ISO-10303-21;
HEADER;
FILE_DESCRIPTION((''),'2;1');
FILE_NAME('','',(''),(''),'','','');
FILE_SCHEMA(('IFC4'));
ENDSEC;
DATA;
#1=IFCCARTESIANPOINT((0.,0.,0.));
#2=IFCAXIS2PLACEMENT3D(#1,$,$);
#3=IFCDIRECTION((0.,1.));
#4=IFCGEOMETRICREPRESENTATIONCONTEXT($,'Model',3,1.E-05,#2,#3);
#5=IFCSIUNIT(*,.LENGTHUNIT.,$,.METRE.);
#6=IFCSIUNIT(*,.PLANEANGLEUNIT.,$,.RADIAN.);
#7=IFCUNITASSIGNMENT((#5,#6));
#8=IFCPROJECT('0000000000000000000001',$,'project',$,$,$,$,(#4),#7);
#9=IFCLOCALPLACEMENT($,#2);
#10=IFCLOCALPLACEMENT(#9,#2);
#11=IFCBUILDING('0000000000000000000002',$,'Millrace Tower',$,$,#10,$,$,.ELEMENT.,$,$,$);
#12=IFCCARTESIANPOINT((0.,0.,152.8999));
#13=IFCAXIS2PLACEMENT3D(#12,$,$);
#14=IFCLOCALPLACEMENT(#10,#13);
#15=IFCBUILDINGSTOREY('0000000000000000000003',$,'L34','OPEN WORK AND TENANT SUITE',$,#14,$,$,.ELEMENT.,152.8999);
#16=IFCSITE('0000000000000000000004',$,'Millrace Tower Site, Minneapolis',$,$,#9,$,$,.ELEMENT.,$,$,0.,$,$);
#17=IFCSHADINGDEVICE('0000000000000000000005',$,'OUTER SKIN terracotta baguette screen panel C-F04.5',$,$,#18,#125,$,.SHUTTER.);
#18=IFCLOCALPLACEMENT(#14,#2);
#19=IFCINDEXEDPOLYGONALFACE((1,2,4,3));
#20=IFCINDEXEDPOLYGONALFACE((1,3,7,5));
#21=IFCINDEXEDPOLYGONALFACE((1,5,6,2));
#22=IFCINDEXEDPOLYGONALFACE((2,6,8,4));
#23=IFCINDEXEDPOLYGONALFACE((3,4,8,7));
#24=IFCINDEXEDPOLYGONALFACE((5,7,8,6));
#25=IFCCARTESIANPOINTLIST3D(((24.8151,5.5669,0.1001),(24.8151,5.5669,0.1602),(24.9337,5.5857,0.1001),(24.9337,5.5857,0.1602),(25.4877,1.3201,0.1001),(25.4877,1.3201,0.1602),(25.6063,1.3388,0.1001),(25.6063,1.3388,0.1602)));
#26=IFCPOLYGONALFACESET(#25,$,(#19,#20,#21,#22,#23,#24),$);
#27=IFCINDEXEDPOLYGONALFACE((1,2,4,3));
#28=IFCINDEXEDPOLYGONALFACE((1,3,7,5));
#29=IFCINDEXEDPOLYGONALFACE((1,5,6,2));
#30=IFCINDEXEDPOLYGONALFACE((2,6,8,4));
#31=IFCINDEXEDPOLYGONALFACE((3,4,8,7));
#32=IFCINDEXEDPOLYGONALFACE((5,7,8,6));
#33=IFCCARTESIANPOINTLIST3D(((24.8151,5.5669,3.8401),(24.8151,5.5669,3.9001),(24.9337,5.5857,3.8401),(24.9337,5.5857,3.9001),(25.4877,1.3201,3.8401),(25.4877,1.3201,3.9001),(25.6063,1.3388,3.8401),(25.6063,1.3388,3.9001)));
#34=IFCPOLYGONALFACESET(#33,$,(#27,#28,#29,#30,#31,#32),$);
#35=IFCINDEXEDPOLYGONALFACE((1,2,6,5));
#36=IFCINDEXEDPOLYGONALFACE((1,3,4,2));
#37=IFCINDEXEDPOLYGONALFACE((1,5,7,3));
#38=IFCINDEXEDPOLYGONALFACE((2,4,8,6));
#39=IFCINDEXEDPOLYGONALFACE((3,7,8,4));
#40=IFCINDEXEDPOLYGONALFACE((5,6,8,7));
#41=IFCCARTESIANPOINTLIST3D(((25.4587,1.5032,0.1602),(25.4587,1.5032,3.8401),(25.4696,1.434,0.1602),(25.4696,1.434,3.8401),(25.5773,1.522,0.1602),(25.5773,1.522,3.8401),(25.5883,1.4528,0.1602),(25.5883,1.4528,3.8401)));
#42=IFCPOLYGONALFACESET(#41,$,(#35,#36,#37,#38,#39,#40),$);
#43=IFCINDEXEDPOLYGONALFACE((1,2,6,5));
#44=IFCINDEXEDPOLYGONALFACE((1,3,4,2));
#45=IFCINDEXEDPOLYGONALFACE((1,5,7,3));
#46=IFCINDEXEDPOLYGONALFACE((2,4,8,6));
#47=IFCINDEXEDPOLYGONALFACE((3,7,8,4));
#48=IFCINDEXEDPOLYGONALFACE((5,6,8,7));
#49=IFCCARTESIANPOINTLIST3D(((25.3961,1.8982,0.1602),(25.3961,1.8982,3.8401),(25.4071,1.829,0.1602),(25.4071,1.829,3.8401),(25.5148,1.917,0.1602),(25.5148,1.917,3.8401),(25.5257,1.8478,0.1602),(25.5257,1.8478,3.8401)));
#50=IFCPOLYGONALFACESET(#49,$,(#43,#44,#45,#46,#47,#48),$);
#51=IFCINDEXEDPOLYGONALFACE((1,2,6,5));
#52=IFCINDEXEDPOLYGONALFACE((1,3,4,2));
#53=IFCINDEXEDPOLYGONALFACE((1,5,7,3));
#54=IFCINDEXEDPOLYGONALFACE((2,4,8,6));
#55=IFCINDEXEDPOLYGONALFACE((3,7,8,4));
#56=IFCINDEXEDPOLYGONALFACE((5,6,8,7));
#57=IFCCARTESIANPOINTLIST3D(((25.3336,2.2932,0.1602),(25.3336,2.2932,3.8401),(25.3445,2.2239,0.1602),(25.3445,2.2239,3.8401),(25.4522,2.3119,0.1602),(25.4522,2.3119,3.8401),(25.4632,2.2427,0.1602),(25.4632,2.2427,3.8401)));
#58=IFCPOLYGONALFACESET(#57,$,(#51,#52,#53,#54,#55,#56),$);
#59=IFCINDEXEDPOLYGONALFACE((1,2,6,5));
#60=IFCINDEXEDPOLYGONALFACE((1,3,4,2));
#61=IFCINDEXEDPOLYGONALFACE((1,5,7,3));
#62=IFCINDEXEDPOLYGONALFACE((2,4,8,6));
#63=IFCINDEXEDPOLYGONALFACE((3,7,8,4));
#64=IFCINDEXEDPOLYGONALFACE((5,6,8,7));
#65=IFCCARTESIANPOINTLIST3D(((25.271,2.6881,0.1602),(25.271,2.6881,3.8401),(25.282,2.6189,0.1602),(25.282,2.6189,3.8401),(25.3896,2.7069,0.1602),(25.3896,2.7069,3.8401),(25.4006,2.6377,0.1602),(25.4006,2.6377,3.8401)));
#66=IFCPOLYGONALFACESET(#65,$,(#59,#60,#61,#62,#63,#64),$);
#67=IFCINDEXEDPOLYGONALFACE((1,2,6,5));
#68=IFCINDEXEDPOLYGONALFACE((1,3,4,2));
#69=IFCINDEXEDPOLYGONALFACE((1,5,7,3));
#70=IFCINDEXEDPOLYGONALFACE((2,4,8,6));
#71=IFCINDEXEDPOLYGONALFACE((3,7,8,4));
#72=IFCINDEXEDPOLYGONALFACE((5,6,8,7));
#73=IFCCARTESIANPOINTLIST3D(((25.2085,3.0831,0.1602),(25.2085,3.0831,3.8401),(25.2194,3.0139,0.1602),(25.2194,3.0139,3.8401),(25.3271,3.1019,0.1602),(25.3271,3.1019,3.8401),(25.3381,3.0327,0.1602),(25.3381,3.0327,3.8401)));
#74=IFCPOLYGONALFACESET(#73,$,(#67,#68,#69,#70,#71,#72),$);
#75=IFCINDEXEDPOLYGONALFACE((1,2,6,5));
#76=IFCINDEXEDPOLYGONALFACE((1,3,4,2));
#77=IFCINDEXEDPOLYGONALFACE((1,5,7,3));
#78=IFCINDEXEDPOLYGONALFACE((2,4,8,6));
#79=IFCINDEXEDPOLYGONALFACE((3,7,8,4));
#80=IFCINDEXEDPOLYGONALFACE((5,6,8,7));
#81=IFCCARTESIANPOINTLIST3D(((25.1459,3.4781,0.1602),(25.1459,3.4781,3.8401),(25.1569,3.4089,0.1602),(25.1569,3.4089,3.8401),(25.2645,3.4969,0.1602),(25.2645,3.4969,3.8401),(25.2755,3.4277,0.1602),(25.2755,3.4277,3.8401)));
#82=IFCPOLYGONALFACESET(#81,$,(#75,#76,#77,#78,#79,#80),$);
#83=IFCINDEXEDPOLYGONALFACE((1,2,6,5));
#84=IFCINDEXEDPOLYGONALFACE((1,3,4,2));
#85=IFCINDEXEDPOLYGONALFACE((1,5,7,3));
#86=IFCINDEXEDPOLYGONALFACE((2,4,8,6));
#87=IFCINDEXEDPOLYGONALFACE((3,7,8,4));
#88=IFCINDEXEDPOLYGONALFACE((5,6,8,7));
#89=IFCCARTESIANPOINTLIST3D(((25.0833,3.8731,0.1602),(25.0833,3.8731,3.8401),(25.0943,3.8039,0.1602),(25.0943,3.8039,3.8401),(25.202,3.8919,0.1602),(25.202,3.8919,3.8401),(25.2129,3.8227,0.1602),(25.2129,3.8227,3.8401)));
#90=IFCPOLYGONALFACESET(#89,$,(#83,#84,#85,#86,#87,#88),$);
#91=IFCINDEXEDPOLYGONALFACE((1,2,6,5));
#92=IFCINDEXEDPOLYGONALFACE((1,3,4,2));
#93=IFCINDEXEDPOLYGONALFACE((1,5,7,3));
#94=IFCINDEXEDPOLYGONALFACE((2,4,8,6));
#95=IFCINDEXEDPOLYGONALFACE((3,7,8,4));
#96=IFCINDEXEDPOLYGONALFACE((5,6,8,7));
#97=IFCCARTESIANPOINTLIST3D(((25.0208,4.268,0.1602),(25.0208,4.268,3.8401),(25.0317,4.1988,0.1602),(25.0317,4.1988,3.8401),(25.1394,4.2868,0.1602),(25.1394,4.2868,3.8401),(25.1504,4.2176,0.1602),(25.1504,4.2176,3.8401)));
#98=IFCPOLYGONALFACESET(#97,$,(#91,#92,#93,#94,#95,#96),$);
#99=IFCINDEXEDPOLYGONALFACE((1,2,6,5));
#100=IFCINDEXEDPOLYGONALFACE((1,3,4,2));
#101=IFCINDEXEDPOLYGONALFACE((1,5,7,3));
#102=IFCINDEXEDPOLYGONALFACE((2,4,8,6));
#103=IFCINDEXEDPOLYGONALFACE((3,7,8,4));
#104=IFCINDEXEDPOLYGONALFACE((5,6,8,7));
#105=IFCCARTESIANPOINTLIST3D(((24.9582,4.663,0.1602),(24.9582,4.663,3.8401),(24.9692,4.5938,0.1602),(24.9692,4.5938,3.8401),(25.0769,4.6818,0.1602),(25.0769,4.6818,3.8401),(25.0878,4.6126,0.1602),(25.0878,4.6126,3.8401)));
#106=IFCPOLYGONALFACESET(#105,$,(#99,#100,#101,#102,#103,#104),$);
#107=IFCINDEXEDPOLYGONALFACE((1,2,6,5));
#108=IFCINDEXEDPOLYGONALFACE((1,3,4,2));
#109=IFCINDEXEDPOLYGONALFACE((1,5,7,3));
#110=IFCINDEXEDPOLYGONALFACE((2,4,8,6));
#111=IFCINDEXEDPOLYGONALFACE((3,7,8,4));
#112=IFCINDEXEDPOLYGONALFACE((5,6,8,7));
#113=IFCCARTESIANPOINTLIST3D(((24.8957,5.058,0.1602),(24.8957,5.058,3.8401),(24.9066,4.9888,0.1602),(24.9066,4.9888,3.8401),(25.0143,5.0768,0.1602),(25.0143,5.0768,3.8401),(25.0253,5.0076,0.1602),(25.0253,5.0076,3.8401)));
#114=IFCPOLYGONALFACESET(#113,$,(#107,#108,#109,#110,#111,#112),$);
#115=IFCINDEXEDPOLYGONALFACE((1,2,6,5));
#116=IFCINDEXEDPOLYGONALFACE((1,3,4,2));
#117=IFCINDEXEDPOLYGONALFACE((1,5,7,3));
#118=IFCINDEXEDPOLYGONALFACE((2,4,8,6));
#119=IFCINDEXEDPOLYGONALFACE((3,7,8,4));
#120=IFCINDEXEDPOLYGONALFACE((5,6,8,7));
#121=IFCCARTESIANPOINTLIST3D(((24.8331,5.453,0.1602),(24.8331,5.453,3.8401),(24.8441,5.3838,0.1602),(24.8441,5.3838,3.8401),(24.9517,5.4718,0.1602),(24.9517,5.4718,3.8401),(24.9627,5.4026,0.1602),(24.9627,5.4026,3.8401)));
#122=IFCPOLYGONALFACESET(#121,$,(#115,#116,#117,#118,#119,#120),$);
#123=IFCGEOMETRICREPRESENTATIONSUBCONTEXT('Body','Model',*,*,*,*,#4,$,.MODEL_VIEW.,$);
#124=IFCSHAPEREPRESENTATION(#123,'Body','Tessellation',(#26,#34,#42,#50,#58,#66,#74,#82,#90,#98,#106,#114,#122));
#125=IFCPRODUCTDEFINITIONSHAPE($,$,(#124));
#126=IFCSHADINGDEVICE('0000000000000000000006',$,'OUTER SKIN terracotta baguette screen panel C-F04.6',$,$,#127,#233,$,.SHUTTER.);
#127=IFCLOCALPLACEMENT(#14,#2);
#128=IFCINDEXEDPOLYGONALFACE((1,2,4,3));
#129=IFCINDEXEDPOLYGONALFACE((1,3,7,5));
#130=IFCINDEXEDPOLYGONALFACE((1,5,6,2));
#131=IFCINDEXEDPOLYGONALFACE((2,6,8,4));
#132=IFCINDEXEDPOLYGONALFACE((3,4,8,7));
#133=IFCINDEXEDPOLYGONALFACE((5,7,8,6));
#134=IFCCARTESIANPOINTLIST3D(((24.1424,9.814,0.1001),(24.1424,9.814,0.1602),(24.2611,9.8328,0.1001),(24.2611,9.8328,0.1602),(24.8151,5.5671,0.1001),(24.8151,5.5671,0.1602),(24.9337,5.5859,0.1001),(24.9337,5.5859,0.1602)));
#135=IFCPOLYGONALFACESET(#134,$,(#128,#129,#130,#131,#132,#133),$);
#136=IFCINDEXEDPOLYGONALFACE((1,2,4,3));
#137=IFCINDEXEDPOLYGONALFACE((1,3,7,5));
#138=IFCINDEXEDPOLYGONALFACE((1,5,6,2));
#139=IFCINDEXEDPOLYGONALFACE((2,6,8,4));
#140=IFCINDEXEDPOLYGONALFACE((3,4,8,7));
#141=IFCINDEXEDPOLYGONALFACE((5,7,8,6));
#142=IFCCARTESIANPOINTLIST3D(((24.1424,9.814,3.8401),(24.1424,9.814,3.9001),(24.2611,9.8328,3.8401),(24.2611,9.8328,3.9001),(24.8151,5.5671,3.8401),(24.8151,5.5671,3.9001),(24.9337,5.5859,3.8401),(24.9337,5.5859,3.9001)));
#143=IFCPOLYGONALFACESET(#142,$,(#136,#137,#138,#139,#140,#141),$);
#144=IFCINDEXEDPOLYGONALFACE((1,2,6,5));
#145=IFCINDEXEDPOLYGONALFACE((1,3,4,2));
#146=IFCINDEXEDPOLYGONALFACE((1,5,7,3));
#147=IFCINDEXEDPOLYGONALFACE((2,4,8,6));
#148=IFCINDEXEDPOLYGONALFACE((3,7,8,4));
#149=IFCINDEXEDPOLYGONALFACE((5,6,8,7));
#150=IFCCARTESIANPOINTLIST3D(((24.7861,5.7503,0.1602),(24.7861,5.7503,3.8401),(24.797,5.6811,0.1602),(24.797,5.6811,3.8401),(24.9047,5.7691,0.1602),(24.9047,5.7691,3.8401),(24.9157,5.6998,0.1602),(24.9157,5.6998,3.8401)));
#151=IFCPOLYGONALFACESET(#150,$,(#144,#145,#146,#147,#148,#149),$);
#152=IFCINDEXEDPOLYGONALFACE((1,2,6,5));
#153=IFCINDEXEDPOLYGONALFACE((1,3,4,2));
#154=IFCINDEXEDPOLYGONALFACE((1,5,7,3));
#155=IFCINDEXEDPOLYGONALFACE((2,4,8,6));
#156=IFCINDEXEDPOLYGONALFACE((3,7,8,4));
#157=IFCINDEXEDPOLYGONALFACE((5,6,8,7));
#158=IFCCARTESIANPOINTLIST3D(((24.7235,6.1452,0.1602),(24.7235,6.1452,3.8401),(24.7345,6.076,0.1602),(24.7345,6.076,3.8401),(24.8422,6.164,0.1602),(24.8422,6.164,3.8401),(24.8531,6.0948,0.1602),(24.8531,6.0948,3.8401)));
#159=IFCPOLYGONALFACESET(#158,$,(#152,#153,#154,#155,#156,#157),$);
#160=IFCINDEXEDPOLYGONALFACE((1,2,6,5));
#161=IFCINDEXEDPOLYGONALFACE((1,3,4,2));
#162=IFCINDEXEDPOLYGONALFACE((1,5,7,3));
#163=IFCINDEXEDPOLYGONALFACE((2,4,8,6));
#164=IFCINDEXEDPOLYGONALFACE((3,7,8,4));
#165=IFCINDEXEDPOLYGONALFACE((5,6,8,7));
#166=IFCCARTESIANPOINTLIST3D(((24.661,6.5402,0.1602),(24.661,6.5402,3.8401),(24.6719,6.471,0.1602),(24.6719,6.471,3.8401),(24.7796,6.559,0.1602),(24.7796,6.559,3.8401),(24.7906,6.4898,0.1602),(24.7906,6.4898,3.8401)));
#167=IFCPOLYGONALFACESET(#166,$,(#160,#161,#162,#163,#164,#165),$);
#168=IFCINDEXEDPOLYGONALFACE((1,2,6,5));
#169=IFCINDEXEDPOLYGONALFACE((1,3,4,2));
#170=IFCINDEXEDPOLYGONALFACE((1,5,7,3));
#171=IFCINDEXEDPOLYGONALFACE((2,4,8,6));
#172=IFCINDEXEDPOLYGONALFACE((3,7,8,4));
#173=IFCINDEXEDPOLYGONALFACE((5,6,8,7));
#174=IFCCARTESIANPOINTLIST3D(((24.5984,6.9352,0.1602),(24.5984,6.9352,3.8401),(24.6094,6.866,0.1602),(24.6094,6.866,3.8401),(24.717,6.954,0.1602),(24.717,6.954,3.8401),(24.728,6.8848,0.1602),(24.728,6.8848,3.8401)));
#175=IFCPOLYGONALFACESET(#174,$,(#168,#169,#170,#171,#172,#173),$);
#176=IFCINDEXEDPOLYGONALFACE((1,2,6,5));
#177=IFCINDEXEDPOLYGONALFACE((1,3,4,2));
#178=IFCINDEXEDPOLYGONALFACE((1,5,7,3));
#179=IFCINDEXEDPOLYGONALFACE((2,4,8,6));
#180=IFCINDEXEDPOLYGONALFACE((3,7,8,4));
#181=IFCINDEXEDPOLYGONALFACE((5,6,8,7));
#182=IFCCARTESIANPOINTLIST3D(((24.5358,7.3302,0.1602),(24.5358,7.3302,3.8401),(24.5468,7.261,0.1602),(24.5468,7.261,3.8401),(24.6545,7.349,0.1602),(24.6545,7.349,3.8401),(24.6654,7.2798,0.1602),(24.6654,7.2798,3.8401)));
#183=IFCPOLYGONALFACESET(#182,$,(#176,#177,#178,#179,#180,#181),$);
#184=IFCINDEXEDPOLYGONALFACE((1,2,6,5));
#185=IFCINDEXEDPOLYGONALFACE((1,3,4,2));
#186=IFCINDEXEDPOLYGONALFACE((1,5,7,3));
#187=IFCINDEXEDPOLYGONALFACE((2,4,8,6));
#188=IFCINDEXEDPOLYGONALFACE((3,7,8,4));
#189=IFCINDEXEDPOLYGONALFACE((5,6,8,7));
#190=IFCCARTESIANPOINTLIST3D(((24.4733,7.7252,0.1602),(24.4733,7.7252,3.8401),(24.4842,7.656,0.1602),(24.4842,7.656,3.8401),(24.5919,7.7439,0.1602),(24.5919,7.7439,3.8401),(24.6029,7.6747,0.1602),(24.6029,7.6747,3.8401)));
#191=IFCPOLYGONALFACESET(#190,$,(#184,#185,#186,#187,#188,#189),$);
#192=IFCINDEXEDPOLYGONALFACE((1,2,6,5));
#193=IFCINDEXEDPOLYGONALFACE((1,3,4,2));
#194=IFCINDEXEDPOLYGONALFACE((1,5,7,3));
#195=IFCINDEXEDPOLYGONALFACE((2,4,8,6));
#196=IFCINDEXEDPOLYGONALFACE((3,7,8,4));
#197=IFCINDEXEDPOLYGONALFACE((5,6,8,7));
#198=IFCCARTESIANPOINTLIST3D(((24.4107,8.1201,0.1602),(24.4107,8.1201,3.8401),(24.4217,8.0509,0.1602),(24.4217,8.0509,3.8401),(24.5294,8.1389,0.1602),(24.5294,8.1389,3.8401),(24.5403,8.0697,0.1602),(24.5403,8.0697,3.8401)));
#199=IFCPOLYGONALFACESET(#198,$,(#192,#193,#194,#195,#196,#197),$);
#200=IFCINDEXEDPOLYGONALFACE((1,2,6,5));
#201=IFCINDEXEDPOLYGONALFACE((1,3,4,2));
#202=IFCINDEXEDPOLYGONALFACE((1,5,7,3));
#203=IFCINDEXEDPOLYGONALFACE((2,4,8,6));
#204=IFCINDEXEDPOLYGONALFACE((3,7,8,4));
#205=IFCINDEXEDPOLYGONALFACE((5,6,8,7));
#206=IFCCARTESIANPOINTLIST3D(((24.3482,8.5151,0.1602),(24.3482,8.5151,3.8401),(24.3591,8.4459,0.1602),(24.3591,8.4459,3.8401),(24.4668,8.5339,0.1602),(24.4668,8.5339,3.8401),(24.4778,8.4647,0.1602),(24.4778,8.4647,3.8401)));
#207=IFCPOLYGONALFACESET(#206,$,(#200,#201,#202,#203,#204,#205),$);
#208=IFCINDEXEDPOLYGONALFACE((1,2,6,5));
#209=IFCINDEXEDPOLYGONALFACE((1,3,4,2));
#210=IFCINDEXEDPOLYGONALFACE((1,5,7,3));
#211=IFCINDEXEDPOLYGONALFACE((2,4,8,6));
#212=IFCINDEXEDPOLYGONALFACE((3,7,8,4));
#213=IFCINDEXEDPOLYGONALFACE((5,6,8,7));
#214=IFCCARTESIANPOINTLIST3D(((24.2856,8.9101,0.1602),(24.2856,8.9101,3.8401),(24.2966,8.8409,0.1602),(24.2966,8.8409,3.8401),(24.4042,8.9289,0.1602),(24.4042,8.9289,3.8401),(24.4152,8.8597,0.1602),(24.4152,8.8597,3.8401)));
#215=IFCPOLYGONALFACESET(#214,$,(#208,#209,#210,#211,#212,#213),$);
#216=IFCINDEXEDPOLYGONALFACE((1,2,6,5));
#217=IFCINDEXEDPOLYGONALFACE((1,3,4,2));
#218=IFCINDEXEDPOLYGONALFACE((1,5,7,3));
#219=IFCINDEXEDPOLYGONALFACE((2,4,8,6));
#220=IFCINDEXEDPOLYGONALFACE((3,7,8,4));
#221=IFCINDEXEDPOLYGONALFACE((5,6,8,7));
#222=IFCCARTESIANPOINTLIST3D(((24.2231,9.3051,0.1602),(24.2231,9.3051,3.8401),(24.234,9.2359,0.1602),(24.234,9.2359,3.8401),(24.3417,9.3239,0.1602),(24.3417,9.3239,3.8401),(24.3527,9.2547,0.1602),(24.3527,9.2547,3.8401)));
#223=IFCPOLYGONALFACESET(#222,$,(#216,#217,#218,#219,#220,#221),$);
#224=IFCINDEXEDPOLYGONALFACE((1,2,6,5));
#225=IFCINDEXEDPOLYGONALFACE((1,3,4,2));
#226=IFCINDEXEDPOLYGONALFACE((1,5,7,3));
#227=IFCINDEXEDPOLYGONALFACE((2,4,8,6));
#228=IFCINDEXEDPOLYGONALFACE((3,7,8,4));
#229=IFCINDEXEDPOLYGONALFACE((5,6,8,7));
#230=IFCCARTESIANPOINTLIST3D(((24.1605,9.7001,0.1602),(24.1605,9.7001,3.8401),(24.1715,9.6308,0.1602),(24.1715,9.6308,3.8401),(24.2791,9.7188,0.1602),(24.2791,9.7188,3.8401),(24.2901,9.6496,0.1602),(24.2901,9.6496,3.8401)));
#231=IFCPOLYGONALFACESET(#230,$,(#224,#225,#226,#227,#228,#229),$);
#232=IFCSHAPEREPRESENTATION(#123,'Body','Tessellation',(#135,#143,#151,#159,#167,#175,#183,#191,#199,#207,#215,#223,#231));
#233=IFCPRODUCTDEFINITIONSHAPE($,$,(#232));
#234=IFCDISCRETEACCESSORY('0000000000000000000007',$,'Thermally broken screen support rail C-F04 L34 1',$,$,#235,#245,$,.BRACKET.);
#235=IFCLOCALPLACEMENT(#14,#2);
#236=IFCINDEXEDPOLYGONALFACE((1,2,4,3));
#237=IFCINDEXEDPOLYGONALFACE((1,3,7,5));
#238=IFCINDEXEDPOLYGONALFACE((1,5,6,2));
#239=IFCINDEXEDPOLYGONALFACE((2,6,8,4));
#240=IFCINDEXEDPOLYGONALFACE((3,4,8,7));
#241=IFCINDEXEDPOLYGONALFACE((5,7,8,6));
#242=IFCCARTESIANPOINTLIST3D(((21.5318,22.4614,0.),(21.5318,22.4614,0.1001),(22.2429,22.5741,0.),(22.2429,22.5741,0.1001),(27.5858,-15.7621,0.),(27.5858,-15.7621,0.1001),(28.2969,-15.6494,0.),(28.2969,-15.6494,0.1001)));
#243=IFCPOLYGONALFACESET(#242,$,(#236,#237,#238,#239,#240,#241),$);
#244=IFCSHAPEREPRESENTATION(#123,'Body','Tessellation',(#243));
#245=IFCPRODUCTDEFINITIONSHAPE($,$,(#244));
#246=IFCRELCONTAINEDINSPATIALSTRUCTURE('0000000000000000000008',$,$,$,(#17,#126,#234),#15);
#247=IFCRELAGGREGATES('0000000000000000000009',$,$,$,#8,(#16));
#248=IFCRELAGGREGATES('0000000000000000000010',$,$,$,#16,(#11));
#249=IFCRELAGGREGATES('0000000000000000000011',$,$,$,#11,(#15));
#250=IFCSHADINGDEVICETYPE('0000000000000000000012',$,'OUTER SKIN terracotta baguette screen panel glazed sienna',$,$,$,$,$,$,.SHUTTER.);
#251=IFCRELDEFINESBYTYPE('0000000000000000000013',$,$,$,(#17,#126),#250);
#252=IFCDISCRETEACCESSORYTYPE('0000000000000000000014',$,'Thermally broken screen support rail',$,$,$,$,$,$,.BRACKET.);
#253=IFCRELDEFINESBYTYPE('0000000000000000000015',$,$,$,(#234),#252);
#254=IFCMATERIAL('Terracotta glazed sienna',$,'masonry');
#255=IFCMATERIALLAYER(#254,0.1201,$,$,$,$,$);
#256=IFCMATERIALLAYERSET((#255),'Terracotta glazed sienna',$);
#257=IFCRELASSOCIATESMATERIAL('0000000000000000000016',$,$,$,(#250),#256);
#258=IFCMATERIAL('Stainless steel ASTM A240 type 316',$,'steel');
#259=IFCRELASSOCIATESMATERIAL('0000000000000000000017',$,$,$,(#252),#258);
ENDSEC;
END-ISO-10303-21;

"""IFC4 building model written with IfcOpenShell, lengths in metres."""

from ifc_helpers import new_model, entity, si_unit, direction, frame, frame_2d, origin, origin_2d, place, context, subcontext, project, spatial, rectangle, extrude, source, transform, mapped, material, layer, layer_set, type_object, element, save


model = new_model("IFC4")

# Units and contexts
model_context = context("Model", 3, precision=1e-05, world=origin(), true_north=direction((0.0, 1.0)))
body_context = subcontext(model_context, "Body", "Model", "MODEL_VIEW")
ifc_project = project(units=[si_unit("LENGTHUNIT", "METRE"), si_unit("PLANEANGLEUNIT", "RADIAN")], contexts=[model_context])

# Site, building, storey
site_placement = place(None, origin())
site = spatial("IfcSite", under=ifc_project, at=site_placement, Name="Millrace Tower Site, Minneapolis", CompositionType="ELEMENT", RefElevation=0.0)
building_placement = place(site_placement, origin())
building = spatial("IfcBuilding", under=site, at=building_placement, Name="Millrace Tower", CompositionType="ELEMENT")
storey_placement = place(building_placement, frame((0.0, 0.0, 152.8999)))
storey = spatial("IfcBuildingStorey", under=building, at=storey_placement, Name="L34", Description="OPEN WORK AND TENANT SUITE", CompositionType="ELEMENT", Elevation=152.8999)

# Shading devices
ifc_material_1 = material(Name="Terracotta glazed sienna", Category="masonry")
ifc_layer_1 = layer(ifc_material_1, 0.1201)
ifc_layer_set_1 = layer_set([ifc_layer_1], Name="Terracotta glazed sienna")
shading_device_type = type_object("IfcShadingDeviceType", Name="OUTER SKIN terracotta baguette screen panel glazed sienna", PredefinedType="SHUTTER", material=ifc_layer_set_1)
cartesian_point = entity("IfcCartesianPoint", [-2.1499, 0.0601])
shared_polyline = entity("IfcPolyline", [cartesian_point, entity("IfcCartesianPoint", [2.1499, 0.0601]), entity("IfcCartesianPoint", [2.1499, -0.0601]), entity("IfcCartesianPoint", [-2.1499, -0.0601]), cartesian_point])
shared_shape = source(origin(), body_context, "Body", "SweptSolid", [
    entity("IfcExtrudedAreaSolid", entity("IfcArbitraryClosedProfileDef", "AREA", None, shared_polyline), entity("IfcAxis2Placement3D", entity("IfcCartesianPoint", [0.0, 0.0, 0.0])), entity("IfcDirection", [0.0, 0.0, 1.0]), 0.0601),
    entity("IfcExtrudedAreaSolid", entity("IfcArbitraryClosedProfileDef", "AREA", None, shared_polyline), entity("IfcAxis2Placement3D", entity("IfcCartesianPoint", [0.0, 0.0, 3.74])), entity("IfcDirection", [0.0, 0.0, 1.0]), 0.0601),
    extrude(rectangle(XDim=0.0701, YDim=0.1201, at=frame_2d((-1.9995, 0.0))), frame((0.0, 0.0, 0.0601)), (0.0, 0.0, 1.0), 3.6799),
    extrude(rectangle(XDim=0.0701, YDim=0.1201, at=frame_2d((-1.5996, 0.0))), frame((0.0, 0.0, 0.0601)), (0.0, 0.0, 1.0), 3.6799),
    extrude(rectangle(XDim=0.0701, YDim=0.1201, at=frame_2d((-1.1997, 0.0))), frame((0.0, 0.0, 0.0601)), (0.0, 0.0, 1.0), 3.6799),
    extrude(rectangle(XDim=0.0701, YDim=0.1201, at=frame_2d((-0.7998, 0.0))), frame((0.0, 0.0, 0.0601)), (0.0, 0.0, 1.0), 3.6799),
    extrude(rectangle(XDim=0.0701, YDim=0.1201, at=frame_2d((-0.3999, 0.0))), frame((0.0, 0.0, 0.0601)), (0.0, 0.0, 1.0), 3.6799),
    extrude(rectangle(XDim=0.0701, YDim=0.1201, at=origin_2d()), frame((0.0, 0.0, 0.0601)), (0.0, 0.0, 1.0), 3.6799),
    extrude(rectangle(XDim=0.0701, YDim=0.1201, at=frame_2d((0.3999, 0.0))), frame((0.0, 0.0, 0.0601)), (0.0, 0.0, 1.0), 3.6799),
    extrude(rectangle(XDim=0.0701, YDim=0.1201, at=frame_2d((0.7998, 0.0))), frame((0.0, 0.0, 0.0601)), (0.0, 0.0, 1.0), 3.6799),
    extrude(rectangle(XDim=0.0701, YDim=0.1201, at=frame_2d((1.1997, 0.0))), frame((0.0, 0.0, 0.0601)), (0.0, 0.0, 1.0), 3.6799),
    extrude(rectangle(XDim=0.0701, YDim=0.1201, at=frame_2d((1.5996, 0.0))), frame((0.0, 0.0, 0.0601)), (0.0, 0.0, 1.0), 3.6799),
    extrude(rectangle(XDim=0.0701, YDim=0.1201, at=frame_2d((1.9995, 0.0))), frame((0.0, 0.0, 0.0601)), (0.0, 0.0, 1.0), 3.6799),
])
for number, where, z_axis, x_axis, name in (
    (1, (25.2107, 3.4529, 0.1001), (0.0, 0.0, 1.0), (-0.156434, 0.987688, 0.0), "OUTER SKIN terracotta baguette screen panel C-F04.5"),
    (2, (24.5381, 7.7, 0.1001), (0.0, 0.0, 1.0), (-0.156434, 0.987688, 0.0), "OUTER SKIN terracotta baguette screen panel C-F04.6"),
):
    element("IfcShadingDevice", number, at=place(storey_placement, frame(where, z_axis=z_axis, x_axis=x_axis)), inside=storey, type_object=shading_device_type, Name=name, PredefinedType="SHUTTER", context=body_context, shape_type="MappedRepresentation", body=[
        mapped(shared_shape, transform((0.0, 0.0, 0.0), scale=1.0)),
    ])

# Discrete accessory
ifc_material_2 = material(Name="Stainless steel ASTM A240 type 316", Category="steel")
discrete_accessory_type = type_object("IfcDiscreteAccessoryType", Name="Thermally broken screen support rail", PredefinedType="BRACKET", material=ifc_material_2)
discrete_accessory_placement = place(storey_placement, frame((24.9143, 3.406, 0.0), z_axis=(0.0, 0.0, 1.0), x_axis=(-0.156434, 0.987688, 0.0)))
element("IfcDiscreteAccessory", 3, at=discrete_accessory_placement, inside=storey, type_object=discrete_accessory_type, Name="Thermally broken screen support rail C-F04 L34 1", PredefinedType="BRACKET", context=body_context, shape_type="SweptSolid", body=[
    extrude(rectangle(XDim=38.7, YDim=0.72, at=origin_2d()), origin(), (0.0, 0.0, 1.0), 0.1001),
])

save(model, "model.ifc")
